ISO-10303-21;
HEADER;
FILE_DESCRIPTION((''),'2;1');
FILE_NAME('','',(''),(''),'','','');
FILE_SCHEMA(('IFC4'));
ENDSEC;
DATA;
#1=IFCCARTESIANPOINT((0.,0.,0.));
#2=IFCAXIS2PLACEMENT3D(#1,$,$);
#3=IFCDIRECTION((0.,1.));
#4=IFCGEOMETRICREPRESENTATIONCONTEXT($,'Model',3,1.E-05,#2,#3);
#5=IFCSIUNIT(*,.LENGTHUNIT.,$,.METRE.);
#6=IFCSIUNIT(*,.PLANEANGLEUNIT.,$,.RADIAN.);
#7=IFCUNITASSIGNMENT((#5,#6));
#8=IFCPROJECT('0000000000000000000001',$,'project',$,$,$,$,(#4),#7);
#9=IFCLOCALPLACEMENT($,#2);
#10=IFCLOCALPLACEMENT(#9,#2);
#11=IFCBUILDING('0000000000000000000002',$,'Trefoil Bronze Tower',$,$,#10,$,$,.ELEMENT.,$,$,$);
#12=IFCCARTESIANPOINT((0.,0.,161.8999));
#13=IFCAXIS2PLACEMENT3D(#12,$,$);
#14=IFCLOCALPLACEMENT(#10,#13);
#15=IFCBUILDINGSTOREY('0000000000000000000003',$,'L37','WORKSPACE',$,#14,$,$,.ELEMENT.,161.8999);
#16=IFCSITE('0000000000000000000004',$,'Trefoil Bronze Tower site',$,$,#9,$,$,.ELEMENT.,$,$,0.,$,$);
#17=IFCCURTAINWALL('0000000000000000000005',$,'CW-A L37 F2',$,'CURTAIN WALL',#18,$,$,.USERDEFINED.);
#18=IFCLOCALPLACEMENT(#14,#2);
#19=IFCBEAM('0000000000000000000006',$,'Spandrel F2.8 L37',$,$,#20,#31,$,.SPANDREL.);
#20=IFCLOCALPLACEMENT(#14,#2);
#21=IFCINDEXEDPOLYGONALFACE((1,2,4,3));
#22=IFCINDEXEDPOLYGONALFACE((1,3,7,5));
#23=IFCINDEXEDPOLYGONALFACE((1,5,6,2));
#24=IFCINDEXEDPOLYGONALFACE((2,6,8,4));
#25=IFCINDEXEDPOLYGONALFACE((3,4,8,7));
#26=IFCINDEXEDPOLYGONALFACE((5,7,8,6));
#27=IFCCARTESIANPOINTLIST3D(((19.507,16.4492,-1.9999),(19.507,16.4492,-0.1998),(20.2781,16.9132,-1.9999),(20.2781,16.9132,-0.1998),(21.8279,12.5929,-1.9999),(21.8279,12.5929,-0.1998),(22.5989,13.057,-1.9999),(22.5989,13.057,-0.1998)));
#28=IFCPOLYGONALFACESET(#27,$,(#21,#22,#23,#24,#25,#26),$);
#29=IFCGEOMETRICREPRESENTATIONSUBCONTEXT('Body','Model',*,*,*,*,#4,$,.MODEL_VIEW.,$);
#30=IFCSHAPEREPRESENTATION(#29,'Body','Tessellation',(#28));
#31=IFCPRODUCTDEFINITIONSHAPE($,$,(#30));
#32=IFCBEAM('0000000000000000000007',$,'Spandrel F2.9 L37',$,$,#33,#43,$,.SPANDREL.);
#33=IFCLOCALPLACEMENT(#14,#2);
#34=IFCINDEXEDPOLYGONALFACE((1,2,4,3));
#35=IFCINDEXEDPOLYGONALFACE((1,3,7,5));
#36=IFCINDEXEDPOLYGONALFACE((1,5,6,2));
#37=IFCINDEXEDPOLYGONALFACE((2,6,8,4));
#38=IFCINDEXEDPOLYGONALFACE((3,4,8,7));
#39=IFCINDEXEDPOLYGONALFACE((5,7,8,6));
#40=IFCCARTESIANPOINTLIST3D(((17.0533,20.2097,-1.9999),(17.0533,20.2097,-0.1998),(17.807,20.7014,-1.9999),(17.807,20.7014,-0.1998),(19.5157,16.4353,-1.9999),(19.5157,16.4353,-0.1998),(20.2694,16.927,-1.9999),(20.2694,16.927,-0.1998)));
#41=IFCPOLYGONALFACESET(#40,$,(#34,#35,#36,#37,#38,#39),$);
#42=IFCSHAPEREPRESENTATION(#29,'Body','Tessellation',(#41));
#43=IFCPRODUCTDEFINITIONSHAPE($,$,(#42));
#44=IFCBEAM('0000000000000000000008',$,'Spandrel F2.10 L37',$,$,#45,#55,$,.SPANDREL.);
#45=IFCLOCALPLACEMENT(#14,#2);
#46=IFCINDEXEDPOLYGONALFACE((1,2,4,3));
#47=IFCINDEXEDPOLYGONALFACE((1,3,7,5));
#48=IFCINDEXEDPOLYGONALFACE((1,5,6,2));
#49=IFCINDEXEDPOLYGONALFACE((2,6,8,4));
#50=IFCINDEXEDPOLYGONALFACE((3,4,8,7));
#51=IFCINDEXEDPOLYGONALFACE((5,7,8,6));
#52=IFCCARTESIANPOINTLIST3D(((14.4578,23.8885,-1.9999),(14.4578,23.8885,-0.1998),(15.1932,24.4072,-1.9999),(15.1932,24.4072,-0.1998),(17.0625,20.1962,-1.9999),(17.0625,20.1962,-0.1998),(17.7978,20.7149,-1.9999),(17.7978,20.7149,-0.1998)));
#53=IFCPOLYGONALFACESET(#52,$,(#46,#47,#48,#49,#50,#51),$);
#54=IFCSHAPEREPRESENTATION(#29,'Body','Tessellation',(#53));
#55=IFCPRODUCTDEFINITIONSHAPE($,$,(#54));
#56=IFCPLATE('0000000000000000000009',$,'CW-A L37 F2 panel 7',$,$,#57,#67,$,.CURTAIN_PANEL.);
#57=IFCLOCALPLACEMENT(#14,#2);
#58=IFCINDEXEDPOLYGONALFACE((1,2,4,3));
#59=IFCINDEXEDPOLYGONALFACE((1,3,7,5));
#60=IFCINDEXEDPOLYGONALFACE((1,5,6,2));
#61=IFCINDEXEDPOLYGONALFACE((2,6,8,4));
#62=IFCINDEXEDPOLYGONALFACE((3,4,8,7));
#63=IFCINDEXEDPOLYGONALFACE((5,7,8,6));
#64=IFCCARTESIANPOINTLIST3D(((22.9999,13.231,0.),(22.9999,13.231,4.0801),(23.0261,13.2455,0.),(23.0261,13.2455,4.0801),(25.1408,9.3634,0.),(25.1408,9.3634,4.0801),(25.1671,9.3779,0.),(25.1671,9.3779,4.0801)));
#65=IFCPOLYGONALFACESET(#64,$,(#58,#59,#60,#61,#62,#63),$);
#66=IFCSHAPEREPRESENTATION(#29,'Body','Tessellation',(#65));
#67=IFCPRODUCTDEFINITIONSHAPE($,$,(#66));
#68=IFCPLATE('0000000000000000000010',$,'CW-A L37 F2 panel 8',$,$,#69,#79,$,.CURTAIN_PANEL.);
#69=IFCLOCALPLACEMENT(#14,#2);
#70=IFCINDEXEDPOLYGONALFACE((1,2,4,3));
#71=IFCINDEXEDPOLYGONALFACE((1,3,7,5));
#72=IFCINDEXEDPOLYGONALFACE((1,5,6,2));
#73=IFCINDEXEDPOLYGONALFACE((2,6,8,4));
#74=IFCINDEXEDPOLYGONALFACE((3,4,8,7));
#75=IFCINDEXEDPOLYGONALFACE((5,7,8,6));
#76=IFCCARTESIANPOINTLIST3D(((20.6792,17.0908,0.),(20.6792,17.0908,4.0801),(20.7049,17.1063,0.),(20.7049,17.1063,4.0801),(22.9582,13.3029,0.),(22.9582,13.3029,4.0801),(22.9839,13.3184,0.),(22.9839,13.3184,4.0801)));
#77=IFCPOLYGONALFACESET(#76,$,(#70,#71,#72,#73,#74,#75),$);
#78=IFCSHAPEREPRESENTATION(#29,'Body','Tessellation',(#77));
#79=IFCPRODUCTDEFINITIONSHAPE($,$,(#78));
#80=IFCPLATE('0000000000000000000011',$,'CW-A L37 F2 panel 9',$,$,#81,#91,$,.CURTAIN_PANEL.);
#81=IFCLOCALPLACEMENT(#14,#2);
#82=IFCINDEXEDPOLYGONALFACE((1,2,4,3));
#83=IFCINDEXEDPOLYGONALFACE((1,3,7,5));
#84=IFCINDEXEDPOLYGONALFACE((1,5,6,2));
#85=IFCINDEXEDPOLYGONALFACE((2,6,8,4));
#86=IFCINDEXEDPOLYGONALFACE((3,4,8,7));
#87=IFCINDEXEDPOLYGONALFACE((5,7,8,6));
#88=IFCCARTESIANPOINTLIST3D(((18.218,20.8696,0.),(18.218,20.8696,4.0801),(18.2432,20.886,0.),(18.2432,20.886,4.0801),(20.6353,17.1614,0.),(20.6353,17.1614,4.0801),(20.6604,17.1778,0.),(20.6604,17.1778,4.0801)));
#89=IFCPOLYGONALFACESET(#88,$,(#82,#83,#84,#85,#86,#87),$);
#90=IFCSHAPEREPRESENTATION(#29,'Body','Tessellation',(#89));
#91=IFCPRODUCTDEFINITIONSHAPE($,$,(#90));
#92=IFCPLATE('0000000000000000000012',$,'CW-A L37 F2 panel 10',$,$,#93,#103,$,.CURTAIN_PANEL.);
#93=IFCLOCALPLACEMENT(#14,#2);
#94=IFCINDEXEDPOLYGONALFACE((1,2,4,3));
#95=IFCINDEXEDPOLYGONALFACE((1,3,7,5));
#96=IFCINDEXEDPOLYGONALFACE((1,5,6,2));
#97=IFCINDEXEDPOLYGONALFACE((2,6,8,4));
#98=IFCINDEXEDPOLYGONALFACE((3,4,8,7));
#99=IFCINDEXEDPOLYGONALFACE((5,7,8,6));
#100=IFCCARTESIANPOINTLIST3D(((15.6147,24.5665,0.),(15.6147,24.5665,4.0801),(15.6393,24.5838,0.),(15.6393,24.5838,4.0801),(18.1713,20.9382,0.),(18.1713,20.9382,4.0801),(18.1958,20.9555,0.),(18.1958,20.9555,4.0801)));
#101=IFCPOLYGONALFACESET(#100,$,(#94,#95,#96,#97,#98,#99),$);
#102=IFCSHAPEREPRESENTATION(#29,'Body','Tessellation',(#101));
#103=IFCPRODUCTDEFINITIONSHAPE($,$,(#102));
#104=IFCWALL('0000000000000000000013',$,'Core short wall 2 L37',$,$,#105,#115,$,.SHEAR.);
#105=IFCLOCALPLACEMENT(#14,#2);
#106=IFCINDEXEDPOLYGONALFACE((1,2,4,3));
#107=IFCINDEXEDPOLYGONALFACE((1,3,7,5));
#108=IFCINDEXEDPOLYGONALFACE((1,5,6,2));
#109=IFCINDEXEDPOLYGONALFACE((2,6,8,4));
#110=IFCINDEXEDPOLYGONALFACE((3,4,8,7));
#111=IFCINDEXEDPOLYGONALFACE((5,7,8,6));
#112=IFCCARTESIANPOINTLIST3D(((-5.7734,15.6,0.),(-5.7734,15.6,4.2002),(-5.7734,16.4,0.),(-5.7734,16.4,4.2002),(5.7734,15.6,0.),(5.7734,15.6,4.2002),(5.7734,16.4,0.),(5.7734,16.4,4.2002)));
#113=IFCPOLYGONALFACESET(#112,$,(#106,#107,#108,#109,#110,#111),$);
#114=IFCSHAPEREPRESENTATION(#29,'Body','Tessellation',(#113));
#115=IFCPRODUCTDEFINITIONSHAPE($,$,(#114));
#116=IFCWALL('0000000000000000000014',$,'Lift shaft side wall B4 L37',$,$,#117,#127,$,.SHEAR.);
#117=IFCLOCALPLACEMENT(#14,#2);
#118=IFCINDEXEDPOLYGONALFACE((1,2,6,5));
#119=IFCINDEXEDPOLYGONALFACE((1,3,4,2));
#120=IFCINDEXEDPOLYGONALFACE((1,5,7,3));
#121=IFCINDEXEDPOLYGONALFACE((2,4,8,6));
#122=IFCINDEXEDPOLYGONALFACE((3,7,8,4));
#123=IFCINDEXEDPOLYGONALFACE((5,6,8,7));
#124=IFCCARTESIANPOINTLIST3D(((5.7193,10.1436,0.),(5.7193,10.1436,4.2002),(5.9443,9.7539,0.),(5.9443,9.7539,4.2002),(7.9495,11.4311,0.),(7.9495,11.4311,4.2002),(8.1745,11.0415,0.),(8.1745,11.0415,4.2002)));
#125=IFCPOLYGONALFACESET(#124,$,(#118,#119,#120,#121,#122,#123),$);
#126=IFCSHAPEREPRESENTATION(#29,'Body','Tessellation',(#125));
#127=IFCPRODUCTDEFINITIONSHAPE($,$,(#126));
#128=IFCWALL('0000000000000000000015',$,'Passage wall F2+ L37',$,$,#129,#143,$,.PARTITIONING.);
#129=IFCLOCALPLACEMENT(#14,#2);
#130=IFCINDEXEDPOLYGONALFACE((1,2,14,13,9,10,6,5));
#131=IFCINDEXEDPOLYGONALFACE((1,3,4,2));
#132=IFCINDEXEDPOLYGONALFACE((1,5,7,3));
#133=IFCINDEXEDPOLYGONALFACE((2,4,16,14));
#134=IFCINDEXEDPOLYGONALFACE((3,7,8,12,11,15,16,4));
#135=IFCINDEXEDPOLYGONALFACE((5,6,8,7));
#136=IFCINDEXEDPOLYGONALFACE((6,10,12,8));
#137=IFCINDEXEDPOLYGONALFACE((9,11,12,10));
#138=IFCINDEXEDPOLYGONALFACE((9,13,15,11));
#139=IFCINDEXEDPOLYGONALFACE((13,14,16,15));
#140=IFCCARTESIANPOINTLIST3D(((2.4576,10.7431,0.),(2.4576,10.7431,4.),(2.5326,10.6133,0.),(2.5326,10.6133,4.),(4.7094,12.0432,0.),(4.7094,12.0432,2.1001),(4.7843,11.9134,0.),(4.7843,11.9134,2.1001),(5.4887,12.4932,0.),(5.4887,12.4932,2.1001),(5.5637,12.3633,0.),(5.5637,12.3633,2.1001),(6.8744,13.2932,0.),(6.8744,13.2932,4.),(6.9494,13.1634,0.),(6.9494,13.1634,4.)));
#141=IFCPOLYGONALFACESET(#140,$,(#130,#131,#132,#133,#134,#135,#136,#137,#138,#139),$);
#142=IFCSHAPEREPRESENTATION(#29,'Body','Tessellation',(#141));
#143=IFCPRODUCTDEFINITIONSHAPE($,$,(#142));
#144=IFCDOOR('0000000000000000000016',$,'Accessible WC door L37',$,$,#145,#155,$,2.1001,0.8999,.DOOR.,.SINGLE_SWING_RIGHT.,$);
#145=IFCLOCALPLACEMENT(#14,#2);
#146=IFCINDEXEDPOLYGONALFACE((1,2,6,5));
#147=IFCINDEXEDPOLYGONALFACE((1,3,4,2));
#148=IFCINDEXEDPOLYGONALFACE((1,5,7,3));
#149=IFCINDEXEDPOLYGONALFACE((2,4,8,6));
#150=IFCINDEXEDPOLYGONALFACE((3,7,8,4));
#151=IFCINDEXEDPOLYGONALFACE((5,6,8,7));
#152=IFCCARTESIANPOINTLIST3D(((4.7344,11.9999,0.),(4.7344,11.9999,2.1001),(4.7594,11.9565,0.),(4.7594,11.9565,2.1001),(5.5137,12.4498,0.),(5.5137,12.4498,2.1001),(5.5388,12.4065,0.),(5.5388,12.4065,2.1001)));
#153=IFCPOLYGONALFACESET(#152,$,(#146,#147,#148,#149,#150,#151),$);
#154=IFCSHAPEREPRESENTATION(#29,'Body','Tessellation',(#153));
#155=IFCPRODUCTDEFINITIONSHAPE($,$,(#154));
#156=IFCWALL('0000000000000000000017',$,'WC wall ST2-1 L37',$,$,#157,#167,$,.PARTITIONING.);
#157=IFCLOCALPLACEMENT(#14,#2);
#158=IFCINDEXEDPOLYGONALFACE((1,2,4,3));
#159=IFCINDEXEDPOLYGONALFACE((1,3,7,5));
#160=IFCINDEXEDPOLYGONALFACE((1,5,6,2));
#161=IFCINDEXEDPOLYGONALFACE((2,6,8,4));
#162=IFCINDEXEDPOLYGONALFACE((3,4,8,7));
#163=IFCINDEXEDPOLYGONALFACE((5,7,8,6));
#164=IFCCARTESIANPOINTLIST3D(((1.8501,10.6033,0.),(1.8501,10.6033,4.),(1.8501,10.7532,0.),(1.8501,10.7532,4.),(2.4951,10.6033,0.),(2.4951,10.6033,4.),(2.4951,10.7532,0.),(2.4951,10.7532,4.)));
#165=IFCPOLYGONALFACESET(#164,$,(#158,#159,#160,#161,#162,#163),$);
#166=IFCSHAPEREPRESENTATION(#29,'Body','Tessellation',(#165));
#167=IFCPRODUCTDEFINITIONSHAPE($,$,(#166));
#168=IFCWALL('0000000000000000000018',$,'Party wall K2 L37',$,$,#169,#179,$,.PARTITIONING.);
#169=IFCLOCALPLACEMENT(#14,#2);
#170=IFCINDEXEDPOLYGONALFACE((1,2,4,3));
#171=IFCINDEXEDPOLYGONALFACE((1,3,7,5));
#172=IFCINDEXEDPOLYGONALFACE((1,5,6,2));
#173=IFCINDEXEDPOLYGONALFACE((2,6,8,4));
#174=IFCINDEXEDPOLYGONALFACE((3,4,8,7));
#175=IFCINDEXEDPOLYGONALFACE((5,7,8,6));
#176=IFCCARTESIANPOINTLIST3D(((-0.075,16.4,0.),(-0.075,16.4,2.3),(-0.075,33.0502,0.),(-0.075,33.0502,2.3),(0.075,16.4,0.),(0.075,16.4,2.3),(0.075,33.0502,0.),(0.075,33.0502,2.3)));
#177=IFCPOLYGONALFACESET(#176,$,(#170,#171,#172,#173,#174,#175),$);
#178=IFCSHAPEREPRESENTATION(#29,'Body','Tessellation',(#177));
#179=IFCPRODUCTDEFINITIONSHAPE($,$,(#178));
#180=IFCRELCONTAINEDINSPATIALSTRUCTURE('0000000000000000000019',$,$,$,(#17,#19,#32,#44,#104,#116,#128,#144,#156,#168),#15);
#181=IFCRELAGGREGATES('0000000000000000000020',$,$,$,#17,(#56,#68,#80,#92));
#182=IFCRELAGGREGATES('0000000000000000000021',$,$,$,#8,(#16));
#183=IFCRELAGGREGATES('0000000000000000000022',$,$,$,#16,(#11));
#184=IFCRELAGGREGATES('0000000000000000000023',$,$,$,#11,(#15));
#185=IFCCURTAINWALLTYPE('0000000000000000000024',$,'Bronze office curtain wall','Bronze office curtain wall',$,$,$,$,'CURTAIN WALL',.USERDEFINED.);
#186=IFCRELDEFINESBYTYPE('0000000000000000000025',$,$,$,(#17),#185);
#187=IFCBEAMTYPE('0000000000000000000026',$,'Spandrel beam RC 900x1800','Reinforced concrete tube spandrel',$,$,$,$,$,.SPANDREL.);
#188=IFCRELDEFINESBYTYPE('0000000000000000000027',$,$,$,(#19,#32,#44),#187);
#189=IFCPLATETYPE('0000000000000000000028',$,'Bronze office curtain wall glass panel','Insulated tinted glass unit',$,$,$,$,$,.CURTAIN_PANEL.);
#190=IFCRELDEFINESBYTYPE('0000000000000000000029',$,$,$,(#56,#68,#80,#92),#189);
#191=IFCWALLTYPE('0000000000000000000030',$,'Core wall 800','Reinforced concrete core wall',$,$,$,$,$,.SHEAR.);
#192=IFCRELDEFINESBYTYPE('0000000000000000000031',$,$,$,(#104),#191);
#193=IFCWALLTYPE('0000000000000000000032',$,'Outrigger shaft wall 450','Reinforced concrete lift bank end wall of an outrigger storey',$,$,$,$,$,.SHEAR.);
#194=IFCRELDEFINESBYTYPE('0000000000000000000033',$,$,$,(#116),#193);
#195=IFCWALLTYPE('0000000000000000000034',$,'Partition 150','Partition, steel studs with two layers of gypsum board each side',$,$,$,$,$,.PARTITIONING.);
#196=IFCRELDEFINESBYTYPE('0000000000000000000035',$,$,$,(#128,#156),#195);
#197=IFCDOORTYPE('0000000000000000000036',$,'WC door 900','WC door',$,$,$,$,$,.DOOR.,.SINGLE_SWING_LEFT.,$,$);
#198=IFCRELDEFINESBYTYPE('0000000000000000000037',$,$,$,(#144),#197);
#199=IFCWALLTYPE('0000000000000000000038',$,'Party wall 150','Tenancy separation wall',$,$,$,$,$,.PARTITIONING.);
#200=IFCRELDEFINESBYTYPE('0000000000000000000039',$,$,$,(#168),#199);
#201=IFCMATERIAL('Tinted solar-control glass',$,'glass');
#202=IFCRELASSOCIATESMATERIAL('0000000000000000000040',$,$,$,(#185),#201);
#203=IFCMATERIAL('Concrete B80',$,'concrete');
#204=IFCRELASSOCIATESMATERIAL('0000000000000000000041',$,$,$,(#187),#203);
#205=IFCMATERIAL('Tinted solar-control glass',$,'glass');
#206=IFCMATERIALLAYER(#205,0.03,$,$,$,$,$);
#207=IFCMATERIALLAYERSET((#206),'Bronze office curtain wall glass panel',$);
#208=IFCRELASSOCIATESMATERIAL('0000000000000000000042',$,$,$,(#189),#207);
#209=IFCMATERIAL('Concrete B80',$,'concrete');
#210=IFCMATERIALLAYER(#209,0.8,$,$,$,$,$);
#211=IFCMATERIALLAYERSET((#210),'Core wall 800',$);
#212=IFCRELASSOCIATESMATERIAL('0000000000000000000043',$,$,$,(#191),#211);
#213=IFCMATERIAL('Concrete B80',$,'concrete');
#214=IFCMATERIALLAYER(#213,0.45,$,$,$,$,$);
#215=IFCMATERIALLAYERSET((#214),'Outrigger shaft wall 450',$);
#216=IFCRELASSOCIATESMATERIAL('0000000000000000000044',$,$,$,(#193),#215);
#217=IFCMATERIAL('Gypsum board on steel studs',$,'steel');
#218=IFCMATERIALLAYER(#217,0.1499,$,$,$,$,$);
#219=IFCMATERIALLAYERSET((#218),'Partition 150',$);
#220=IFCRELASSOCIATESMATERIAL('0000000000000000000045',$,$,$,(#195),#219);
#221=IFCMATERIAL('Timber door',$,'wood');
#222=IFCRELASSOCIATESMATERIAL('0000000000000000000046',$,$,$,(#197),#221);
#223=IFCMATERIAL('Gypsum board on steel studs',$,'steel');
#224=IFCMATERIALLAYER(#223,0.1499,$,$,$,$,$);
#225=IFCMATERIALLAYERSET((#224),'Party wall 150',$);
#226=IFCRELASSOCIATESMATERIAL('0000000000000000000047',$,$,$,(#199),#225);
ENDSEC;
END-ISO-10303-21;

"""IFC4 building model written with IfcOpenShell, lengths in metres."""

from ifc_helpers import new_model, si_unit, direction, frame, frame_2d, origin, origin_2d, place, context, subcontext, project, spatial, rectangle, extrude, material, layer, layer_set, material_profile, profile_set, type_object, element, fill, aggregate, save


model = new_model("IFC4")

# Units and contexts
model_context = context("Model", 3, precision=1e-05, world=origin(), true_north=direction((0.0, 1.0)))
body_context = subcontext(model_context, "Body", "Model", "MODEL_VIEW")
ifc_project = project(units=[si_unit("LENGTHUNIT", "METRE"), si_unit("PLANEANGLEUNIT", "RADIAN")], contexts=[model_context])

# Site, building, storey
site_placement = place(None, origin())
site = spatial("IfcSite", under=ifc_project, at=site_placement, Name="Trefoil Bronze Tower site", CompositionType="ELEMENT", RefElevation=0.0)
building_placement = place(site_placement, origin())
building = spatial("IfcBuilding", under=site, at=building_placement, Name="Trefoil Bronze Tower", CompositionType="ELEMENT")
storey_placement = place(building_placement, frame((0.0, 0.0, 161.8999)))
storey = spatial("IfcBuildingStorey", under=building, at=storey_placement, Name="L37", Description="WORKSPACE", CompositionType="ELEMENT", Elevation=161.8999)

# Curtain wall
ifc_material_1 = material(Name="Tinted solar-control glass", Category="glass")
curtain_wall_type = type_object("IfcCurtainWallType", Name="Bronze office curtain wall", Description="Bronze office curtain wall", ElementType="CURTAIN WALL", PredefinedType="USERDEFINED", material=ifc_material_1)
curtain_wall_placement = place(storey_placement, origin())
curtain_wall = element("IfcCurtainWall", 1, at=curtain_wall_placement, inside=storey, type_object=curtain_wall_type, Name="CW-A L37 F2", ObjectType="CURTAIN WALL", PredefinedType="USERDEFINED")

# Beams
ifc_material_2 = material(Name="Concrete B80", Category="concrete")
ifc_material_profile_1 = material_profile(ifc_material_2, rectangle(XDim=0.8999, YDim=1.8, at=origin_2d()), Name="RC 900x1800")
ifc_profile_set_1 = profile_set([ifc_material_profile_1], Name="Concrete B80")
beam_type_1 = type_object("IfcBeamType", Name="Spandrel beam RC 900x1800", Description="Reinforced concrete tube spandrel", PredefinedType="SPANDREL", material=ifc_profile_set_1)
beam_1_placement = place(storey_placement, frame((22.2134, 12.825, -1.0999), z_axis=(-0.515652, 0.856798, 0.0), x_axis=(-0.856798, -0.515652, 0.0)))
element("IfcBeam", 2, at=beam_1_placement, inside=storey, type_object=beam_type_1, Name="Spandrel F2.8 L37", PredefinedType="SPANDREL", context=body_context, shape_type="SweptSolid", body=[
    extrude(rectangle(XDim=0.8999, YDim=1.8, at=origin_2d()), origin(), (0.0, 0.0, 1.0), 4.5007),
])
beam_2_placement = place(storey_placement, frame((19.8926, 16.6812, -1.0999), z_axis=(-0.546397, 0.837527, 0.0), x_axis=(-0.837527, -0.546397, 0.0)))
element("IfcBeam", 3, at=beam_2_placement, inside=storey, type_object=beam_type_1, Name="Spandrel F2.9 L37", PredefinedType="SPANDREL", context=body_context, shape_type="SweptSolid", body=[
    extrude(rectangle(XDim=0.8999, YDim=1.8, at=origin_2d()), origin(), (0.0, 0.0, 1.0), 4.5066),
])
beam_3_placement = place(storey_placement, frame((17.4302, 20.4556, -1.0999), z_axis=(-0.576439, 0.81714, 0.0), x_axis=(-0.81714, -0.576439, 0.0)))
element("IfcBeam", 4, at=beam_3_placement, inside=storey, type_object=beam_type_1, Name="Spandrel F2.10 L37", PredefinedType="SPANDREL", context=body_context, shape_type="SweptSolid", body=[
    extrude(rectangle(XDim=0.8999, YDim=1.8, at=origin_2d()), origin(), (0.0, 0.0, 1.0), 4.5186),
])

# Plates
ifc_material_3 = material(Name="Tinted solar-control glass", Category="glass")
ifc_layer_1 = layer(ifc_material_3, 0.03)
ifc_layer_set_1 = layer_set([ifc_layer_1], Name="Bronze office curtain wall glass panel")
plate_type = type_object("IfcPlateType", Name="Bronze office curtain wall glass panel", Description="Insulated tinted glass unit", PredefinedType="CURTAIN_PANEL", material=ifc_layer_set_1)
plate_1_placement = place(storey_placement, frame((24.0835, 11.3044, 0.0), z_axis=(0.0, 0.0, 1.0), x_axis=(-0.484312, 0.874895, 0.0)))
plate_1 = element("IfcPlate", 5, at=plate_1_placement, type_object=plate_type, Name="CW-A L37 F2 panel 7", PredefinedType="CURTAIN_PANEL", context=body_context, shape_type="SweptSolid", body=[
    extrude(rectangle(XDim=4.4207, YDim=0.03, at=origin_2d()), origin(), (0.0, 0.0, 1.0), 4.0801),
])
plate_2_placement = place(storey_placement, frame((21.8315, 15.2046, 0.0), z_axis=(0.0, 0.0, 1.0), x_axis=(-0.515525, 0.856874, 0.0)))
plate_2 = element("IfcPlate", 6, at=plate_2_placement, type_object=plate_type, Name="CW-A L37 F2 panel 8", PredefinedType="CURTAIN_PANEL", context=body_context, shape_type="SweptSolid", body=[
    extrude(rectangle(XDim=4.4207, YDim=0.03, at=origin_2d()), origin(), (0.0, 0.0, 1.0), 4.0801),
])
plate_3_placement = place(storey_placement, frame((19.4392, 19.0237, 0.0), z_axis=(0.0, 0.0, 1.0), x_axis=(-0.546089, 0.837727, 0.0)))
plate_3 = element("IfcPlate", 7, at=plate_3_placement, type_object=plate_type, Name="CW-A L37 F2 panel 9", PredefinedType="CURTAIN_PANEL", context=body_context, shape_type="SweptSolid", body=[
    extrude(rectangle(XDim=4.4265, YDim=0.03, at=origin_2d()), origin(), (0.0, 0.0, 1.0), 4.0801),
])
plate_4_placement = place(storey_placement, frame((16.9053, 22.761, 0.0), z_axis=(0.0, 0.0, 1.0), x_axis=(-0.575999, 0.81745, 0.0)))
plate_4 = element("IfcPlate", 8, at=plate_4_placement, type_object=plate_type, Name="CW-A L37 F2 panel 10", PredefinedType="CURTAIN_PANEL", context=body_context, shape_type="SweptSolid", body=[
    extrude(rectangle(XDim=4.4385, YDim=0.03, at=origin_2d()), origin(), (0.0, 0.0, 1.0), 4.0801),
])
aggregate(curtain_wall, [plate_1, plate_2, plate_3, plate_4])

# Walls
ifc_material_4 = material(Name="Concrete B80", Category="concrete")
ifc_layer_2 = layer(ifc_material_4, 0.8)
ifc_layer_set_2 = layer_set([ifc_layer_2], Name="Core wall 800")
wall_type_1 = type_object("IfcWallType", Name="Core wall 800", Description="Reinforced concrete core wall", PredefinedType="SHEAR", material=ifc_layer_set_2)
wall_1_placement = place(storey_placement, frame((5.7734, 16.0, 0.0), z_axis=(0.0, 0.0, 1.0), x_axis=(-1.0, 0.0, 0.0)))
element("IfcWall", 9, at=wall_1_placement, inside=storey, type_object=wall_type_1, Name="Core short wall 2 L37", PredefinedType="SHEAR", context=body_context, shape_type="SweptSolid", body=[
    extrude(rectangle(XDim=11.5469, YDim=0.8, at=frame_2d((5.7734, 0.0))), origin(), (0.0, 0.0, 1.0), 4.2002),
])
ifc_material_5 = material(Name="Concrete B80", Category="concrete")
ifc_layer_3 = layer(ifc_material_5, 0.45)
ifc_layer_set_3 = layer_set([ifc_layer_3], Name="Outrigger shaft wall 450")
wall_type_2 = type_object("IfcWallType", Name="Outrigger shaft wall 450", Description="Reinforced concrete lift bank end wall of an outrigger storey", PredefinedType="SHEAR", material=ifc_layer_set_3)
wall_2_placement = place(storey_placement, frame((5.8318, 9.9487, 0.0), z_axis=(0.0, 0.0, 1.0), x_axis=(0.866029, 0.499993, 0.0)))
element("IfcWall", 10, at=wall_2_placement, inside=storey, type_object=wall_type_2, Name="Lift shaft side wall B4 L37", PredefinedType="SHEAR", context=body_context, shape_type="SweptSolid", body=[
    extrude(rectangle(XDim=2.5752, YDim=0.45, at=frame_2d((1.2876, 0.0))), origin(), (0.0, 0.0, 1.0), 4.2002),
])

# Wall, opening, door
ifc_material_6 = material(Name="Gypsum board on steel studs", Category="steel")
ifc_layer_4 = layer(ifc_material_6, 0.1499)
ifc_layer_set_4 = layer_set([ifc_layer_4], Name="Partition 150")
wall_type_3 = type_object("IfcWallType", Name="Partition 150", Description="Partition, steel studs with two layers of gypsum board each side", PredefinedType="PARTITIONING", material=ifc_layer_set_4)
wall_3_placement = place(storey_placement, frame((2.4951, 10.6782, 0.0), z_axis=(0.0, 0.0, 1.0), x_axis=(0.866022, 0.500006, 0.0)))
wall_3 = element("IfcWall", 11, at=wall_3_placement, inside=storey, type_object=wall_type_3, Name="Passage wall F2+ L37", PredefinedType="PARTITIONING", context=body_context, shape_type="SweptSolid", body=[
    extrude(rectangle(XDim=5.1001, YDim=0.1499, at=frame_2d((2.55, 0.0))), origin(), (0.0, 0.0, 1.0), 4.0),
])
opening_placement = place(wall_3_placement, frame((2.6001, 0.0, 0.0)))
opening = element("IfcOpeningElement", 12, at=opening_placement, cuts=wall_3, PredefinedType="OPENING", context=body_context, shape_type="SweptSolid", body=[
    extrude(rectangle(XDim=0.8999, YDim=2.1001, at=frame_2d((0.45, 1.05))), frame((0.0, 0.085, 0.0), z_axis=(0.0, -1.0, 0.0), x_axis=(1.0, 0.0, 0.0)), (0.0, 0.0, 1.0), 0.1699),
])
ifc_material_7 = material(Name="Timber door", Category="wood")
door_type = type_object("IfcDoorType", Name="WC door 900", Description="WC door", OperationType="SINGLE_SWING_LEFT", PredefinedType="DOOR", material=ifc_material_7)
door_placement = place(opening_placement, origin())
door = element("IfcDoor", 13, at=door_placement, inside=storey, type_object=door_type, Name="Accessible WC door L37", OperationType="SINGLE_SWING_RIGHT", OverallHeight=2.1001, OverallWidth=0.8999, PredefinedType="DOOR", context=body_context, shape_type="SweptSolid", body=[
    extrude(rectangle(XDim=0.8999, YDim=2.1001, at=frame_2d((0.45, 1.05))), frame((0.0, 0.0249, 0.0), z_axis=(0.0, -1.0, 0.0), x_axis=(1.0, 0.0, 0.0)), (0.0, 0.0, 1.0), 0.05),
])
fill(opening, door)

# Walls
wall_4_placement = place(storey_placement, frame((2.4951, 10.6782, 0.0), z_axis=(0.0, 0.0, 1.0), x_axis=(-1.0, 0.0, 0.0)))
element("IfcWall", 14, at=wall_4_placement, inside=storey, type_object=wall_type_3, Name="WC wall ST2-1 L37", PredefinedType="PARTITIONING", context=body_context, shape_type="SweptSolid", body=[
    extrude(rectangle(XDim=0.645, YDim=0.1499, at=frame_2d((0.3225, 0.0))), origin(), (0.0, 0.0, 1.0), 4.0),
])
ifc_material_8 = material(Name="Gypsum board on steel studs", Category="steel")
ifc_layer_5 = layer(ifc_material_8, 0.1499)
ifc_layer_set_5 = layer_set([ifc_layer_5], Name="Party wall 150")
wall_type_4 = type_object("IfcWallType", Name="Party wall 150", Description="Tenancy separation wall", PredefinedType="PARTITIONING", material=ifc_layer_set_5)
wall_5_placement = place(storey_placement, frame((0.0, 16.3999, 0.0), z_axis=(0.0, 0.0, 1.0), x_axis=(0.0, 1.0, 0.0)))
element("IfcWall", 15, at=wall_5_placement, inside=storey, type_object=wall_type_4, Name="Party wall K2 L37", PredefinedType="PARTITIONING", context=body_context, shape_type="SweptSolid", body=[
    extrude(rectangle(XDim=16.6501, YDim=0.1499, at=frame_2d((8.3252, 0.0))), origin(), (0.0, 0.0, 1.0), 2.3),
])

save(model, "model.ifc")
